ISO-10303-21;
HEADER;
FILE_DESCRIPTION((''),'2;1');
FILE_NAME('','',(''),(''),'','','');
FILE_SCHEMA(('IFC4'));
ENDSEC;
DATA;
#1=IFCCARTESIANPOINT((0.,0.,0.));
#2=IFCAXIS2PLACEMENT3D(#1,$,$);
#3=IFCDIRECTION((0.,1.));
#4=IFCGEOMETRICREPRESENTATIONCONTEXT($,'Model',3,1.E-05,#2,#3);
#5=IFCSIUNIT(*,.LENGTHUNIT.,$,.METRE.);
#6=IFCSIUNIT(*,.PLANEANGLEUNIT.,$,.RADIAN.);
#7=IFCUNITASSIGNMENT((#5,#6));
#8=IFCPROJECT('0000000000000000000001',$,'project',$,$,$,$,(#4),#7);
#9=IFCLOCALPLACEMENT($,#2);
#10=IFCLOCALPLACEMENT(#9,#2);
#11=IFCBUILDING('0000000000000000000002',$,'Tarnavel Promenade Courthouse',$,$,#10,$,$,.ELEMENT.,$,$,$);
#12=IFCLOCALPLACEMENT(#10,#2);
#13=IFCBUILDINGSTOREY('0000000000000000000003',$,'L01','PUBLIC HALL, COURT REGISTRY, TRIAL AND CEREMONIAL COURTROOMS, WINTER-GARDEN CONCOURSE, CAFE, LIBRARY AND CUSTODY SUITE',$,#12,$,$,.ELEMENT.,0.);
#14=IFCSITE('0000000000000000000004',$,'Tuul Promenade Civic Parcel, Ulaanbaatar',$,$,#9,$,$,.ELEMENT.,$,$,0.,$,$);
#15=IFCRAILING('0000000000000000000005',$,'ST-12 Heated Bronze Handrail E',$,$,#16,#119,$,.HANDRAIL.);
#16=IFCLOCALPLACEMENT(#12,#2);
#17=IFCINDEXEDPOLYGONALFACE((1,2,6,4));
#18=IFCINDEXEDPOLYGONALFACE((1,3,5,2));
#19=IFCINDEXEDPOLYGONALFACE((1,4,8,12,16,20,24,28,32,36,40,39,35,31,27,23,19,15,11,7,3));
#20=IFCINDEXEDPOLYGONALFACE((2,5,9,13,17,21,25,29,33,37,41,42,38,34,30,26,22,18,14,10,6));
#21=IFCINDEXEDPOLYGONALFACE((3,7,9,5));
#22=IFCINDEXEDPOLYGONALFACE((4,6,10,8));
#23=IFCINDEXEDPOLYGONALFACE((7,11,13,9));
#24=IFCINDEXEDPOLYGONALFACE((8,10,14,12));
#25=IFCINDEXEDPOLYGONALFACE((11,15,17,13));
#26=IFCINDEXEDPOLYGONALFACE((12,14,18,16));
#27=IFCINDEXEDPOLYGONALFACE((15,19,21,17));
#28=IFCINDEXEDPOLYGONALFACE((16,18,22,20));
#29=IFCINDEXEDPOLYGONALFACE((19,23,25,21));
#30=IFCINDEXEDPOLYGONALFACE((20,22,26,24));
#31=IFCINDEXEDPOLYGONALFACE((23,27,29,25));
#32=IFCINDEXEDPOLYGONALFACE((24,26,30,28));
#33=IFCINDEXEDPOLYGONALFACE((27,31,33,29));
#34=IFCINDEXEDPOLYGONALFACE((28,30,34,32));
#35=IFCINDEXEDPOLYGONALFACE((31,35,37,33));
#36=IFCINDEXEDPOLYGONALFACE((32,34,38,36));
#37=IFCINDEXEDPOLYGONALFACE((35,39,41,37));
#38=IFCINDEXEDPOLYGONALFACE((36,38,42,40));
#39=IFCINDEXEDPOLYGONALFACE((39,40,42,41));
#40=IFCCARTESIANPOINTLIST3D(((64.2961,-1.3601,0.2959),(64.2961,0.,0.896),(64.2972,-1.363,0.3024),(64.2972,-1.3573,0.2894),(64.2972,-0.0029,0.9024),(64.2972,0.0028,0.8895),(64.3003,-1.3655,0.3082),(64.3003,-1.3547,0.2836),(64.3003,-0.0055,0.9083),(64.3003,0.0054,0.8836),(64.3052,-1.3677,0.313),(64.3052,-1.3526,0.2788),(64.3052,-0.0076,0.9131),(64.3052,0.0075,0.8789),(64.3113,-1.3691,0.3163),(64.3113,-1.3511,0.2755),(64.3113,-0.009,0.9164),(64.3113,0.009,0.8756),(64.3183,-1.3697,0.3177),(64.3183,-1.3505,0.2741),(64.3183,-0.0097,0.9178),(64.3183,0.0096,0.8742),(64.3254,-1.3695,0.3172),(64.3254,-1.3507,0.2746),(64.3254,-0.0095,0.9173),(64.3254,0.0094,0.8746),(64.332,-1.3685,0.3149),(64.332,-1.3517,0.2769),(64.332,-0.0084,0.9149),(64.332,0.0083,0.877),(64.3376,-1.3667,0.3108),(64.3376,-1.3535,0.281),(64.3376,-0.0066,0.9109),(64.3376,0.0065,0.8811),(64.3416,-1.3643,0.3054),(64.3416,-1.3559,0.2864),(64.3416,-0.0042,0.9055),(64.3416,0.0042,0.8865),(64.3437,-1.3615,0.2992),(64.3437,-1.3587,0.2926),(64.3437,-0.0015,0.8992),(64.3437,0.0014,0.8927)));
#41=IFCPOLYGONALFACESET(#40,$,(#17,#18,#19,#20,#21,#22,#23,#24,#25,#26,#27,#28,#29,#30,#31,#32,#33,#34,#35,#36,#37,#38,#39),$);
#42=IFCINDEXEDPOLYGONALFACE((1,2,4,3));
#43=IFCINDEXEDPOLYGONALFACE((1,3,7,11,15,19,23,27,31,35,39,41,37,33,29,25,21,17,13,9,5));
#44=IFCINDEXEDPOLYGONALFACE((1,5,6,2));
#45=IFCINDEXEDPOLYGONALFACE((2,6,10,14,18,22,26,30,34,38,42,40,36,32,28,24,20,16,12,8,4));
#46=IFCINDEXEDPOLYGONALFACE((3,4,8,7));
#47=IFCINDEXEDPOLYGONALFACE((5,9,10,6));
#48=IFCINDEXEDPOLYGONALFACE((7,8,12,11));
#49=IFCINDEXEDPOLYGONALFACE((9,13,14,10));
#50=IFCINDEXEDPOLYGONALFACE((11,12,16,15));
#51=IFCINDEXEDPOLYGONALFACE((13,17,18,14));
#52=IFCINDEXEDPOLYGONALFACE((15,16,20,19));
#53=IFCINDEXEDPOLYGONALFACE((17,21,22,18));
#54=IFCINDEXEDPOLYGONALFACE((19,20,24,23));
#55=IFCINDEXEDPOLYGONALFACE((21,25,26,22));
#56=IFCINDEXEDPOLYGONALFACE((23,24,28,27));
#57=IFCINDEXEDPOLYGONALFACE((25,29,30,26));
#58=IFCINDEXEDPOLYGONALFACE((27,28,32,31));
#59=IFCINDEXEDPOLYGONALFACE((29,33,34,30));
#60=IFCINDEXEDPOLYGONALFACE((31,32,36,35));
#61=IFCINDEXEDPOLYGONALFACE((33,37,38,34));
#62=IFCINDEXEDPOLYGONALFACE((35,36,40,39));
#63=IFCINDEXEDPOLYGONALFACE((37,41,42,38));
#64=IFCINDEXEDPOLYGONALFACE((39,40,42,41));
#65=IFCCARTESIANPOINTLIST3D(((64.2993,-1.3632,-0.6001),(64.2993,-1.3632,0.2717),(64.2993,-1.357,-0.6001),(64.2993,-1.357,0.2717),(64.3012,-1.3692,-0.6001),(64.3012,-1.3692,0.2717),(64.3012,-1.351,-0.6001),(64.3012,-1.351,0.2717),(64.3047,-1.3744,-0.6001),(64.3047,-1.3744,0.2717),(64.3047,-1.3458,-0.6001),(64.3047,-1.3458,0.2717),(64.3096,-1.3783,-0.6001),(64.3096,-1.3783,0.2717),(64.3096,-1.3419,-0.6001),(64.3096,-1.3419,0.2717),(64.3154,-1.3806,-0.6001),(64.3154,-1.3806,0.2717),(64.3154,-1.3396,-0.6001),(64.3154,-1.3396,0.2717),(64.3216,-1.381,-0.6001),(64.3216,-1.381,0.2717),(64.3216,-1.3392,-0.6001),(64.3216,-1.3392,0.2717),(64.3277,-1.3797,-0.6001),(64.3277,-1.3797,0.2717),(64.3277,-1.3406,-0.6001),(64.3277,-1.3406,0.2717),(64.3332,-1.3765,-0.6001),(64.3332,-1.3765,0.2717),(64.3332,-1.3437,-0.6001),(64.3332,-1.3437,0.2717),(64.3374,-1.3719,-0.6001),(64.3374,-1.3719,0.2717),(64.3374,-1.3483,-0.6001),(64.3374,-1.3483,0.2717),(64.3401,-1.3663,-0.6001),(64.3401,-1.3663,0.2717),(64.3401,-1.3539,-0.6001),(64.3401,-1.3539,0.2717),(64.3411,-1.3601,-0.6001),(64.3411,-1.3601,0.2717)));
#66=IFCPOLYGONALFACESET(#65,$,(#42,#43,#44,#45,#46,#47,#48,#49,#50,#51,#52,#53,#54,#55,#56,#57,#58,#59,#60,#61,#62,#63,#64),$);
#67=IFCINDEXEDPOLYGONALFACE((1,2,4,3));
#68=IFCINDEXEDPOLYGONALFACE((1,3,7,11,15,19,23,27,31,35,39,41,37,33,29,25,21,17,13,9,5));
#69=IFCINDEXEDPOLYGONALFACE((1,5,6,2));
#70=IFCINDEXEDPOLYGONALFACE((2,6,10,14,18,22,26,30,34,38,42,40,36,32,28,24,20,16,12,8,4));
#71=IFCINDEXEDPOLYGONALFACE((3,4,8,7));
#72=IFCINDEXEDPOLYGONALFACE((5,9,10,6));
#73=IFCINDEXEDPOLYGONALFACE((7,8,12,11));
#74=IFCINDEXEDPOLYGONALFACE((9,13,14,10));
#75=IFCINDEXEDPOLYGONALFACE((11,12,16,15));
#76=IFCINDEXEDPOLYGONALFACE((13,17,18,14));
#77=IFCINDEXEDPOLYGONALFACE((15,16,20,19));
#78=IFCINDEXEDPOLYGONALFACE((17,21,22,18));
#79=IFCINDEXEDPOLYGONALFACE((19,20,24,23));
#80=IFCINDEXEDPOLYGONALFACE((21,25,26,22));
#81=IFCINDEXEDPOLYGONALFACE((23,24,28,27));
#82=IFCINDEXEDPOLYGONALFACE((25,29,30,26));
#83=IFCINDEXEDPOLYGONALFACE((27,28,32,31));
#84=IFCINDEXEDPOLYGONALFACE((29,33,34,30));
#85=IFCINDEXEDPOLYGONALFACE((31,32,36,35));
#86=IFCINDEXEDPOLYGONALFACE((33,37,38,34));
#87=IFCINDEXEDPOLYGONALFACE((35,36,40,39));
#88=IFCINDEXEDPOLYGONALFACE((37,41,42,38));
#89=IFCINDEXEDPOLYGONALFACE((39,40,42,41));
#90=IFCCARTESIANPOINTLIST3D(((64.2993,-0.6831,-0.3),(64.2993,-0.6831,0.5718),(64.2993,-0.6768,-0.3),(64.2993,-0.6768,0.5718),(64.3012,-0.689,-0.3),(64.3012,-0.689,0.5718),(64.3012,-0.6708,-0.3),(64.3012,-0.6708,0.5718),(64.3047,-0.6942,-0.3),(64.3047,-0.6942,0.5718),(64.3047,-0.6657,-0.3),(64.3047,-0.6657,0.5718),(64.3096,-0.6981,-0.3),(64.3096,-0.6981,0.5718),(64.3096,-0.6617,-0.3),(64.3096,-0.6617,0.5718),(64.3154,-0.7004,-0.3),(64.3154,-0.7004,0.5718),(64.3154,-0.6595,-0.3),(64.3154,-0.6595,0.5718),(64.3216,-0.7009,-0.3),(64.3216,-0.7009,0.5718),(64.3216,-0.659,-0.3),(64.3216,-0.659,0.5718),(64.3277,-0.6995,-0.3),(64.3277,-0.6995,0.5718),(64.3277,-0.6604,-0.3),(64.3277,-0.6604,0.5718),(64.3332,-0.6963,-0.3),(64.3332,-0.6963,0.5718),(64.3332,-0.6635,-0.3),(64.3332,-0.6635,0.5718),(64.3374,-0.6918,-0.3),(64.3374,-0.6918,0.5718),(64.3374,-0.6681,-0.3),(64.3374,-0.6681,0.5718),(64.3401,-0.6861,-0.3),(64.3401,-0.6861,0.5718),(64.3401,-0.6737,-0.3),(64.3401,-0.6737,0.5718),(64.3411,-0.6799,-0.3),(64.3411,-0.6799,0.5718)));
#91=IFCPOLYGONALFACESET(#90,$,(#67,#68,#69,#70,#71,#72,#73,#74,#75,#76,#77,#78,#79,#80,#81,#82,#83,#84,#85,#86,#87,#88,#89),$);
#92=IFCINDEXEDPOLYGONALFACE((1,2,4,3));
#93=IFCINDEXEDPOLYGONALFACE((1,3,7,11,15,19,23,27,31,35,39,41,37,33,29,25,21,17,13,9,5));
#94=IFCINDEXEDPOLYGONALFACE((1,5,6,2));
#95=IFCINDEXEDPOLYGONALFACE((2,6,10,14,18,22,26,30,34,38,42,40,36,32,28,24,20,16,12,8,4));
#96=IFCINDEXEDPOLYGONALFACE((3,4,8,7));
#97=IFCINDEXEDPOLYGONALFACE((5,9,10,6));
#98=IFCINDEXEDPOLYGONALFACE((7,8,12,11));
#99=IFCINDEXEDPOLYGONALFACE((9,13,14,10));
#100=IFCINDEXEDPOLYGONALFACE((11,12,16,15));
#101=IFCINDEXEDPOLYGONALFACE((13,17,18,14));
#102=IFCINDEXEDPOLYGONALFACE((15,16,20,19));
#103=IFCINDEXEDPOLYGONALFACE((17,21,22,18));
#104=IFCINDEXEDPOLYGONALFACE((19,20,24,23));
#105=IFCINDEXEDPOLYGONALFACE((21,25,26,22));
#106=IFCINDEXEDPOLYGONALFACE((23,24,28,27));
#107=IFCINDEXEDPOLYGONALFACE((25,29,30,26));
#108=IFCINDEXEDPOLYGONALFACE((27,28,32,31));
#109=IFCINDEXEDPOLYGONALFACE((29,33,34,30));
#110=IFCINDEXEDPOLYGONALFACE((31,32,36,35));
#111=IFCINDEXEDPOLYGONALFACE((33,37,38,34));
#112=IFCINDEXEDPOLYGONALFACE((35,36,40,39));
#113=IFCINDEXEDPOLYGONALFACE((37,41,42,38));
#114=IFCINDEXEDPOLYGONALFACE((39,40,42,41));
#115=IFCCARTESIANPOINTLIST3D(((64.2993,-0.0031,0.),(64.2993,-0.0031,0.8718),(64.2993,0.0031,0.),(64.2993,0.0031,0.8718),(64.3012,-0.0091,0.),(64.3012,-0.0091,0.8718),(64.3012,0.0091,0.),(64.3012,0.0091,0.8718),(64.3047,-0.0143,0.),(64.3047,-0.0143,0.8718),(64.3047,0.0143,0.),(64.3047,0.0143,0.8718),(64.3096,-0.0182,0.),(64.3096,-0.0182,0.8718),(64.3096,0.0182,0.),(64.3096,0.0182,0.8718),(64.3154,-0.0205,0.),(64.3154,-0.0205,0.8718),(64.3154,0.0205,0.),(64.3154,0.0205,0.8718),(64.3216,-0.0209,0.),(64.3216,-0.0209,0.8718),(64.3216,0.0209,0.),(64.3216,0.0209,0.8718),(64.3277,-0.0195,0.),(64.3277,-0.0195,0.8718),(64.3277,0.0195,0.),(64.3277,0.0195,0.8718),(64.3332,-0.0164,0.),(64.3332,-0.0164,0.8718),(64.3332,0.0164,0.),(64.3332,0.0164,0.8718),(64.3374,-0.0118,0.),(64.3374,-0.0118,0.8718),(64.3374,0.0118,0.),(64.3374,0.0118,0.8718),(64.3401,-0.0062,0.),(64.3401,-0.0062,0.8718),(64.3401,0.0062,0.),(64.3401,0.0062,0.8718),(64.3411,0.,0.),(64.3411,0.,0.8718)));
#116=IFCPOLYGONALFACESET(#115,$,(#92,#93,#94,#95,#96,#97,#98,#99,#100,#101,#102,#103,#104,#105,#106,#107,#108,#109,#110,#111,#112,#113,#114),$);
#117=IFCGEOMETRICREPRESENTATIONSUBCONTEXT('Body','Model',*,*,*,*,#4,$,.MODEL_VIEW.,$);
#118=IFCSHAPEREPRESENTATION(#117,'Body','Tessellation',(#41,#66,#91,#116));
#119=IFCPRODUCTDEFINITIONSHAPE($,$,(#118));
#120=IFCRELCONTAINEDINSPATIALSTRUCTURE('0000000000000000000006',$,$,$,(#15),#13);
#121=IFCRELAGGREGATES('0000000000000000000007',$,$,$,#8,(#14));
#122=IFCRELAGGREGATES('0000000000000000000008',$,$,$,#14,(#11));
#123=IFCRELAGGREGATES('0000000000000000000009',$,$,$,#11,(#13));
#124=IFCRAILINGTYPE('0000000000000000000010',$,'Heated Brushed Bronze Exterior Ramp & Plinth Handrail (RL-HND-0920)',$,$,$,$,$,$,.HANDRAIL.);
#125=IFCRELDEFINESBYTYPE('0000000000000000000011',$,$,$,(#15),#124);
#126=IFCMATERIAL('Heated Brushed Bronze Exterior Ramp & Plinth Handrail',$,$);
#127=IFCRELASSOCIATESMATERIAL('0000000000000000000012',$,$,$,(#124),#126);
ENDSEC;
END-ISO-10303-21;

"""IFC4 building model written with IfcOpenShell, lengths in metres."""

from ifc_helpers import new_model, si_unit, direction, frame, origin, origin_2d, place, context, subcontext, project, spatial, circle, extrude, material, type_object, element, save


model = new_model("IFC4")

# Units and contexts
model_context = context("Model", 3, precision=1e-05, world=origin(), true_north=direction((0.0, 1.0)))
body_context = subcontext(model_context, "Body", "Model", "MODEL_VIEW")
ifc_project = project(units=[si_unit("LENGTHUNIT", "METRE"), si_unit("PLANEANGLEUNIT", "RADIAN")], contexts=[model_context])

# Site, building, storey
site_placement = place(None, origin())
site = spatial("IfcSite", under=ifc_project, at=site_placement, Name="Tuul Promenade Civic Parcel, Ulaanbaatar", CompositionType="ELEMENT", RefElevation=0.0)
building_placement = place(site_placement, origin())
building = spatial("IfcBuilding", under=site, at=building_placement, Name="Tarnavel Promenade Courthouse", CompositionType="ELEMENT")
storey_placement = place(building_placement, origin())
storey = spatial("IfcBuildingStorey", under=building, at=storey_placement, Name="L01", Description="PUBLIC HALL, COURT REGISTRY, TRIAL AND CEREMONIAL COURTROOMS, WINTER-GARDEN CONCOURSE, CAFE, LIBRARY AND CUSTODY SUITE", CompositionType="ELEMENT", Elevation=0.0)

# Railing
ifc_material_1 = material(Name="Heated Brushed Bronze Exterior Ramp & Plinth Handrail")
railing_type_1 = type_object("IfcRailingType", Name="Heated Brushed Bronze Exterior Ramp & Plinth Handrail (RL-HND-0920)", PredefinedType="HANDRAIL", material=ifc_material_1)
for number, where, name in (
    (1, (64.3201, -1.3601, -0.6001), "ST-12 Heated Bronze Handrail E"),
):
    element("IfcRailing", number, at=place(storey_placement, frame(where)), inside=storey, type_object=railing_type_1, Name=name, PredefinedType="HANDRAIL", context=body_context, shape_type="SweptSolid", body=[
        extrude(circle(Radius=0.0239, at=origin_2d()), frame((0.0, 0.0, 0.896), z_axis=(0.0, 0.914905, 0.403669), x_axis=(-1.0, 0.0, 0.0)), (0.0, 0.0, 1.0), 1.4866),
        extrude(circle(Radius=0.021, at=origin_2d()), origin(), (0.0, 0.0, 1.0), 0.8718),
        extrude(circle(Radius=0.021, at=origin_2d()), frame((0.0, 0.6802, 0.3)), (0.0, 0.0, 1.0), 0.8718),
        extrude(circle(Radius=0.021, at=origin_2d()), frame((0.0, 1.3601, 0.6001)), (0.0, 0.0, 1.0), 0.8718),
    ])

save(model, "model.ifc")
